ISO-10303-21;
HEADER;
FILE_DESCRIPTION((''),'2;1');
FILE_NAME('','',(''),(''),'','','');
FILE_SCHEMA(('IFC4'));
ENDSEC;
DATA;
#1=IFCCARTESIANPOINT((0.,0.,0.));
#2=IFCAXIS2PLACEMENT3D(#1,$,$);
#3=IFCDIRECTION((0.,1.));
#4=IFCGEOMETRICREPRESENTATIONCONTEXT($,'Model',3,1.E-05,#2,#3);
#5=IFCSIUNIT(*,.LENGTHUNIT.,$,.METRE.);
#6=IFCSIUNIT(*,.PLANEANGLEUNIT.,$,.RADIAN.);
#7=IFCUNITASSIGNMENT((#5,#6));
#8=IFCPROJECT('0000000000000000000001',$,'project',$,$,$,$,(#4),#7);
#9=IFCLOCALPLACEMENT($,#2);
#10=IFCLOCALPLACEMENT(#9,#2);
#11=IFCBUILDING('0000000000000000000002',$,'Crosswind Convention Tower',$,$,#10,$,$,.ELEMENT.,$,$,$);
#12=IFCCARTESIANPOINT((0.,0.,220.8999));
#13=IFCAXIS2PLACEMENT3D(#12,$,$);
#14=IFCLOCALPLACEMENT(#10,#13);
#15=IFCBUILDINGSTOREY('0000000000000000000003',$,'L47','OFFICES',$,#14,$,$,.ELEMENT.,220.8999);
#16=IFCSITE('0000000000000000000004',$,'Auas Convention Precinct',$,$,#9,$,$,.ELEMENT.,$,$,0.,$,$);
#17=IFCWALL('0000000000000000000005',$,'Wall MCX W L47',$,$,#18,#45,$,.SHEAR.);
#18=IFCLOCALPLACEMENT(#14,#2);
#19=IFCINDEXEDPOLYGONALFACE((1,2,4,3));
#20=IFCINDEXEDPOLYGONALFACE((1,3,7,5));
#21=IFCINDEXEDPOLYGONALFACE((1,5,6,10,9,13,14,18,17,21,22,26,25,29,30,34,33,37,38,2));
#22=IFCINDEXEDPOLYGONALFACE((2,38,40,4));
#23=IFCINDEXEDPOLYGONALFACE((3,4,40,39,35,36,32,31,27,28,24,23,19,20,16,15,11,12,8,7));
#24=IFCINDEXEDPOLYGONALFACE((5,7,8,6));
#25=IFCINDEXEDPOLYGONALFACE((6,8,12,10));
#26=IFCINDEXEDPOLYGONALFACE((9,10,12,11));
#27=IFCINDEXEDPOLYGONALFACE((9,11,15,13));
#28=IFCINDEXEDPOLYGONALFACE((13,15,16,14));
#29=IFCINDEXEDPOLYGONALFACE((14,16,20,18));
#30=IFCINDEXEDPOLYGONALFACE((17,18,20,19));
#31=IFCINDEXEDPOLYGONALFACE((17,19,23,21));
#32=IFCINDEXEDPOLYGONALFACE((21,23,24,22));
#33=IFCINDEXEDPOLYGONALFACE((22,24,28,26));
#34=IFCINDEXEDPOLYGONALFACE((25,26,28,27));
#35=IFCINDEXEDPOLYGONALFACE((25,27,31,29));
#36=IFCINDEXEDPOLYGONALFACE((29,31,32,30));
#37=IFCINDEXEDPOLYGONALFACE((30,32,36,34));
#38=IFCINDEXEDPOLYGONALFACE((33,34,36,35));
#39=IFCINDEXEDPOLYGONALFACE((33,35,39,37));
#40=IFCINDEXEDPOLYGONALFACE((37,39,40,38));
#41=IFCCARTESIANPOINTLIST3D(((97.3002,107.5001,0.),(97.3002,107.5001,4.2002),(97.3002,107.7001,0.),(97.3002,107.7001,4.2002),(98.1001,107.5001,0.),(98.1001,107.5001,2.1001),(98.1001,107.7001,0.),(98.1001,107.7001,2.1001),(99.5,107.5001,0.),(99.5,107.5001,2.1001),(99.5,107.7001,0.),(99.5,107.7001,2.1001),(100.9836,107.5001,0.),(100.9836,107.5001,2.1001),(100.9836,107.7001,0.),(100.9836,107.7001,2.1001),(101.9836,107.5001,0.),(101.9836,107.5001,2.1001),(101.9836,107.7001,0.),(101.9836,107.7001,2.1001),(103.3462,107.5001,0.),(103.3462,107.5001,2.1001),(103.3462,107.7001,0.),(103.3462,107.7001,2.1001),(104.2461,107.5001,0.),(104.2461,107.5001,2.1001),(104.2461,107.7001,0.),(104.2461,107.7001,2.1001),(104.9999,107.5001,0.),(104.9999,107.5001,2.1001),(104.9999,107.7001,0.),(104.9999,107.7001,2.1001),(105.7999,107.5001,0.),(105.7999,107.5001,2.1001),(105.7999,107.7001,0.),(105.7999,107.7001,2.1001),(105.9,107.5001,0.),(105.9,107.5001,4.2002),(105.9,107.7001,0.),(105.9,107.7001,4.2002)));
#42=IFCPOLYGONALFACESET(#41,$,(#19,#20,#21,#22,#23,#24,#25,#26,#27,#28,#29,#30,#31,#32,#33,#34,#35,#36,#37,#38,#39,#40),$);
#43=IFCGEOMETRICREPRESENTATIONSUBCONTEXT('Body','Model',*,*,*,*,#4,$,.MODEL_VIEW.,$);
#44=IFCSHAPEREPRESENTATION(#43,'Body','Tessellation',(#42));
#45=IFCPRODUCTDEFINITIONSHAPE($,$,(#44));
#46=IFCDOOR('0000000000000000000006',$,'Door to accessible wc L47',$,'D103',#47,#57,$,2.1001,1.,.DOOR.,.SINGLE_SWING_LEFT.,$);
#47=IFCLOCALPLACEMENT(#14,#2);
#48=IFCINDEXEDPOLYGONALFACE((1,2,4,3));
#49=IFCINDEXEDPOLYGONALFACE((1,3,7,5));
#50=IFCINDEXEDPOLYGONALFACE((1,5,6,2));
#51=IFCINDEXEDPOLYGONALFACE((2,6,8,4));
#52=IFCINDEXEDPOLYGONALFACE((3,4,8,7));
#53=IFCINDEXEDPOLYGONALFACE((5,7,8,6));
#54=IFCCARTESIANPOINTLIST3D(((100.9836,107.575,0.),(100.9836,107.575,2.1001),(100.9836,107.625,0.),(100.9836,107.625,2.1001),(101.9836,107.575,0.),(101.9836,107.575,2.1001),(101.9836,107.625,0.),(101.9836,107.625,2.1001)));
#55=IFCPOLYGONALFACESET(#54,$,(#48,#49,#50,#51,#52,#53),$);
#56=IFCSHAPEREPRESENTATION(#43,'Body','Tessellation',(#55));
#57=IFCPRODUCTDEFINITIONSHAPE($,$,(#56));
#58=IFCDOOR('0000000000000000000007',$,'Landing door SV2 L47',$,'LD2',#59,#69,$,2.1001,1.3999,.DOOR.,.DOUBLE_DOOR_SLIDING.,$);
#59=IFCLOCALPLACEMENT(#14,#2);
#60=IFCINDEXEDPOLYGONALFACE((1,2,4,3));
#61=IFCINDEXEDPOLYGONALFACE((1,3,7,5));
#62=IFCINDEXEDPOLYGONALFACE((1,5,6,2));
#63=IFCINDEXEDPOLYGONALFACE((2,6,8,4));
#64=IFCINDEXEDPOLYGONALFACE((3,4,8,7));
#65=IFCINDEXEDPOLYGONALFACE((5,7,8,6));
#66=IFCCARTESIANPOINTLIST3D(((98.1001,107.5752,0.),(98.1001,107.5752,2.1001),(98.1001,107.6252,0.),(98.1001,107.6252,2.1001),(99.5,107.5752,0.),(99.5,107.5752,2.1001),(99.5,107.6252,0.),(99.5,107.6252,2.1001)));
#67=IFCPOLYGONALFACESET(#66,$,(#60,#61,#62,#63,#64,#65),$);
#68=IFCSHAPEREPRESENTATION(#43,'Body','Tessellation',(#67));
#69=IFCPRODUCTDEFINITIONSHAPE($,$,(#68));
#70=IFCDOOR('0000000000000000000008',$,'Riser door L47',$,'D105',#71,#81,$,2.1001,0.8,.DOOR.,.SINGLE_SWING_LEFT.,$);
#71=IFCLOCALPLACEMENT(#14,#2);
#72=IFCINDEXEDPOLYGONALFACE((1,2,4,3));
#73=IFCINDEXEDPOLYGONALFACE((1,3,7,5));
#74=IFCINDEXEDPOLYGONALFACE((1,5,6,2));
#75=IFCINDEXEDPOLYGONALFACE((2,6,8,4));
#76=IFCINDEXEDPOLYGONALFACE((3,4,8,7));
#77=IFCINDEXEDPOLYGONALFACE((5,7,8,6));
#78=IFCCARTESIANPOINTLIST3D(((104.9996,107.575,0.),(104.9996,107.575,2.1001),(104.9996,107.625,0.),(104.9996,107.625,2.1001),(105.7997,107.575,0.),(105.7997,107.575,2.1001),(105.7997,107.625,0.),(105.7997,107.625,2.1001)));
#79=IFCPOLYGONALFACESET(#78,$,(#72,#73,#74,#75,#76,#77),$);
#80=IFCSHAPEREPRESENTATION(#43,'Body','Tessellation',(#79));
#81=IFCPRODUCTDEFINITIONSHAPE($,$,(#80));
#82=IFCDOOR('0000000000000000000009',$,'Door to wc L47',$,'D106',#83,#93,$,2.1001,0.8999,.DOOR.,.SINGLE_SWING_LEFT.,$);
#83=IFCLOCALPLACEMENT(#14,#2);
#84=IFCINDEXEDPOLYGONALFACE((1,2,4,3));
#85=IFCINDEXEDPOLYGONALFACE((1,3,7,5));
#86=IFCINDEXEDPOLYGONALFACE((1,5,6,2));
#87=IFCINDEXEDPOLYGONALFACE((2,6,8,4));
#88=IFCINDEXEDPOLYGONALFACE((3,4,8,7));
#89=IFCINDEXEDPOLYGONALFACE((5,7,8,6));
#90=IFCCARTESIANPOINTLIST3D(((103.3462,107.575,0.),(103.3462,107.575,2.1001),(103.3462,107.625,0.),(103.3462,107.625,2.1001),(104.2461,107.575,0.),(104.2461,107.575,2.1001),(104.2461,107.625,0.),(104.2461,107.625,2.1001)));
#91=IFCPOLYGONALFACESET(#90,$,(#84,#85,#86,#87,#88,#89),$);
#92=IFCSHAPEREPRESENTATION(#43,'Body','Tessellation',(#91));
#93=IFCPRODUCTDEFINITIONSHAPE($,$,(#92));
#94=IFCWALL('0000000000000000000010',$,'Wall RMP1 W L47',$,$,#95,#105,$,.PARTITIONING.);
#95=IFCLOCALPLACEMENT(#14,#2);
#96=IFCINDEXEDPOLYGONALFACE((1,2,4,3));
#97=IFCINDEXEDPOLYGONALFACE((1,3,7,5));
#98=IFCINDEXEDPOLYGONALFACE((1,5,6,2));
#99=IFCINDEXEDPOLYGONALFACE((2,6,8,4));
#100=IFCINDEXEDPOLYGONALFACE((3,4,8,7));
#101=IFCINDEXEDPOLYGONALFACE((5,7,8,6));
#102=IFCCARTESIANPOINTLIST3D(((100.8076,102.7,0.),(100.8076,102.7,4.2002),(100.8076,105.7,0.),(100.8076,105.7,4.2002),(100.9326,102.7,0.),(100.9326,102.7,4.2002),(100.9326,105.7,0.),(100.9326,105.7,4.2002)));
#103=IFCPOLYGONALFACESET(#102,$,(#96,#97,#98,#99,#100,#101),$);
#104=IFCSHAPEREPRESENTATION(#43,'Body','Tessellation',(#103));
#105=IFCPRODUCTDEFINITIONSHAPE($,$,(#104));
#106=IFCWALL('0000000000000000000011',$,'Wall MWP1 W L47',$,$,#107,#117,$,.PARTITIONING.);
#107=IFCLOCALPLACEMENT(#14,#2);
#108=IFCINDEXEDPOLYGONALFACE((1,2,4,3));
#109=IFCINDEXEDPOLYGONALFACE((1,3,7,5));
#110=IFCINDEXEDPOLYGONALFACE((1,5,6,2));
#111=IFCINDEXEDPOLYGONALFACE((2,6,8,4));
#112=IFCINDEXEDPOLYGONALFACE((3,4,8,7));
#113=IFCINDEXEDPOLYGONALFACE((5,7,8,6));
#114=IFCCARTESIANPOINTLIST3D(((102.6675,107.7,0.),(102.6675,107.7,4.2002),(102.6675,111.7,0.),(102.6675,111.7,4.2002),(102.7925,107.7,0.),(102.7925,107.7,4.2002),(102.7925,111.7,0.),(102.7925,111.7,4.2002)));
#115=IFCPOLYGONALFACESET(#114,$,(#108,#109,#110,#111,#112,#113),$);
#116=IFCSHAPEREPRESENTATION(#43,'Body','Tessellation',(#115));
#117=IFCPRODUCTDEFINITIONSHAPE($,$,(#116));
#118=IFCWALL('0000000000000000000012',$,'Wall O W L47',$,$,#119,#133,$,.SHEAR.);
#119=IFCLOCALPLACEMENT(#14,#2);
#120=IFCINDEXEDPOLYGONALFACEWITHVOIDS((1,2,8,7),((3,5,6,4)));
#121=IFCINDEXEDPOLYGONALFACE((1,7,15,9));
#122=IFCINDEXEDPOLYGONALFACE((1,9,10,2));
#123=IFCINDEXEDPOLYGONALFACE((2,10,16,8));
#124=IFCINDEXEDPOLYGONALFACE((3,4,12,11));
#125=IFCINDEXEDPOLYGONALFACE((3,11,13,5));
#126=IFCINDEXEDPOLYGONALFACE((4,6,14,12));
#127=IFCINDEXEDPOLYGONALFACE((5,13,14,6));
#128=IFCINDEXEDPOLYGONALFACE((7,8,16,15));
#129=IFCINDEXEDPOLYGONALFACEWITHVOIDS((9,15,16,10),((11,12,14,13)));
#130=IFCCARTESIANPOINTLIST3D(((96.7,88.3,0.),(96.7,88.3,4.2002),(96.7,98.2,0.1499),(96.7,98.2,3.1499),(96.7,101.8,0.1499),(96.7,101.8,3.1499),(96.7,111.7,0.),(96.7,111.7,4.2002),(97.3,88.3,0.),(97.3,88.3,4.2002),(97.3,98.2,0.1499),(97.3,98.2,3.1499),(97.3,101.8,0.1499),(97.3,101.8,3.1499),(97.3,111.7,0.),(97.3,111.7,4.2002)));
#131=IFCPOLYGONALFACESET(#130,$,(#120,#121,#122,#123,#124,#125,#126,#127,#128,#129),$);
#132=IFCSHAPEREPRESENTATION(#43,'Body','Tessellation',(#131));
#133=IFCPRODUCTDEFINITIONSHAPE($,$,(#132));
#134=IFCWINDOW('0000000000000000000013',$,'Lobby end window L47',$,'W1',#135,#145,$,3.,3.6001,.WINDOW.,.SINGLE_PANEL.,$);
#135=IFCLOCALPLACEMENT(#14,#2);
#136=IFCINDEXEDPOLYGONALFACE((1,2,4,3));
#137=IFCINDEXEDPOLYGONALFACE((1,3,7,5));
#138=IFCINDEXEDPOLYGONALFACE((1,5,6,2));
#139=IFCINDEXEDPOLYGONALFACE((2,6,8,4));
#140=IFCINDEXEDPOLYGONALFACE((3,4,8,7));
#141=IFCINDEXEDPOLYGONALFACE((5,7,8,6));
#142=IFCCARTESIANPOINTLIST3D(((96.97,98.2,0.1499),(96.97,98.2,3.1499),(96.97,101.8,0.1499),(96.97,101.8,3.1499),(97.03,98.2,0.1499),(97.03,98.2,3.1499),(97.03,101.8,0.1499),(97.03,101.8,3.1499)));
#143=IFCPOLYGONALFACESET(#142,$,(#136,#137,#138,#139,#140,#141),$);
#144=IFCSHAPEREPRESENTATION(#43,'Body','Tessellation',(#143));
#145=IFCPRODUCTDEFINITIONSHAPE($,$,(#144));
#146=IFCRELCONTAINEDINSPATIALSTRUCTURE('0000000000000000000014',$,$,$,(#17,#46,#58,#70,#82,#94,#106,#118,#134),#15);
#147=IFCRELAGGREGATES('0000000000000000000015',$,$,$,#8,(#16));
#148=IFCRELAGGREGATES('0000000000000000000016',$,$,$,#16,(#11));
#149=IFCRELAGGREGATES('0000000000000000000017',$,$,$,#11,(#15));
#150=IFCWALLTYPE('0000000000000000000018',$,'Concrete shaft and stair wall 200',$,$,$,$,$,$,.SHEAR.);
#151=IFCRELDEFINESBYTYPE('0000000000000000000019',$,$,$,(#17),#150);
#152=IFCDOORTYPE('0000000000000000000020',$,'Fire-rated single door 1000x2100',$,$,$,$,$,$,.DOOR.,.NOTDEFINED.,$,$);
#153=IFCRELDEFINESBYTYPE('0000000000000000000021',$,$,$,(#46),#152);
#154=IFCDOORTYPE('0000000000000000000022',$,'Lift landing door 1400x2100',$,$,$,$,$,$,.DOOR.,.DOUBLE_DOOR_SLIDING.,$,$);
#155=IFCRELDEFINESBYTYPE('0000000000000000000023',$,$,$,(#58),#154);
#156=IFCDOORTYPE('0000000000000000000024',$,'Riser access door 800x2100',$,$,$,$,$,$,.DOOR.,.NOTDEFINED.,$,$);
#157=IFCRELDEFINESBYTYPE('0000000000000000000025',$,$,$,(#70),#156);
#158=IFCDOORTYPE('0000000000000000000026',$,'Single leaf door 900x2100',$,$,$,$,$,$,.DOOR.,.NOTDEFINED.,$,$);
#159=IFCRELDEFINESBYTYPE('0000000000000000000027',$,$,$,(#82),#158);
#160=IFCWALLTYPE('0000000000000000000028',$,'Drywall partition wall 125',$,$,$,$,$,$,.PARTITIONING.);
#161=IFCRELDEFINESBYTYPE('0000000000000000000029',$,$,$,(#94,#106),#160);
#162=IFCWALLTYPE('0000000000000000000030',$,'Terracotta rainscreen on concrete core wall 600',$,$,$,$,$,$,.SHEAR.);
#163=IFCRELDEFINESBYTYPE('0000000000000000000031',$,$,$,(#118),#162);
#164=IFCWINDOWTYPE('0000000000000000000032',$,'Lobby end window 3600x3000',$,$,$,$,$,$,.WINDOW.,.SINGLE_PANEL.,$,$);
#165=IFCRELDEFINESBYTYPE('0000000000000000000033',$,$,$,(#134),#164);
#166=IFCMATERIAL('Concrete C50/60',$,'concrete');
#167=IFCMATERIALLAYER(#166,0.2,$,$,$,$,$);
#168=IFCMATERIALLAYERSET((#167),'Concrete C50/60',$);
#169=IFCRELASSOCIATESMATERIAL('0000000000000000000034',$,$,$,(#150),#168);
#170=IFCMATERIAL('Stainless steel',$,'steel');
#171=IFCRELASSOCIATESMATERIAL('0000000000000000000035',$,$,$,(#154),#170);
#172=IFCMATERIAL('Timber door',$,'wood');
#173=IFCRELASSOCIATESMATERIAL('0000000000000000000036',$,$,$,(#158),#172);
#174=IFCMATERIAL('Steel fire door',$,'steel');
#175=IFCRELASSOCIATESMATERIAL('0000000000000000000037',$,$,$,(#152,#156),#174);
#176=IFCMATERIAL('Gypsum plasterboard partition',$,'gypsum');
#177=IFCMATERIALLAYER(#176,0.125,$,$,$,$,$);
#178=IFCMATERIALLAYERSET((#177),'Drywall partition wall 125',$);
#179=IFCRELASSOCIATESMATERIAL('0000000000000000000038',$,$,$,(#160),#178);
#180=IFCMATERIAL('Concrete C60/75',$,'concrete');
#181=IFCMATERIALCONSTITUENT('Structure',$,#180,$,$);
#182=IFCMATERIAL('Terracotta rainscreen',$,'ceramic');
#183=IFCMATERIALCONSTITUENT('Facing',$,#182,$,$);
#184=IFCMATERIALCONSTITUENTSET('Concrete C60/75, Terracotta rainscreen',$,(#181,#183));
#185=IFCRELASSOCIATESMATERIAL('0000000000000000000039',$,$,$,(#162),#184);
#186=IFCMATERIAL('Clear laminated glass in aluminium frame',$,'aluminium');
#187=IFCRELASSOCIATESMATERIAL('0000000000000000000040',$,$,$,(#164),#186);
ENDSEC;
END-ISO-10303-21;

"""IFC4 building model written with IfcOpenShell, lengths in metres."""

from ifc_helpers import new_model, si_unit, direction, frame, frame_2d, origin, place, context, subcontext, project, spatial, rectangle, extrude, material, layer, layer_set, constituent, constituent_set, type_object, element, fill, save


model = new_model("IFC4")

# Units and contexts
model_context = context("Model", 3, precision=1e-05, world=origin(), true_north=direction((0.0, 1.0)))
body_context = subcontext(model_context, "Body", "Model", "MODEL_VIEW")
ifc_project = project(units=[si_unit("LENGTHUNIT", "METRE"), si_unit("PLANEANGLEUNIT", "RADIAN")], contexts=[model_context])

# Site, building, storey
site_placement = place(None, origin())
site = spatial("IfcSite", under=ifc_project, at=site_placement, Name="Auas Convention Precinct", CompositionType="ELEMENT", RefElevation=0.0)
building_placement = place(site_placement, origin())
building = spatial("IfcBuilding", under=site, at=building_placement, Name="Crosswind Convention Tower", CompositionType="ELEMENT")
storey_placement = place(building_placement, frame((0.0, 0.0, 220.8999)))
storey = spatial("IfcBuildingStorey", under=building, at=storey_placement, Name="L47", Description="OFFICES", CompositionType="ELEMENT", Elevation=220.8999)

# Shared definitions
ifc_material_1 = material(Name="Concrete C50/60", Category="concrete")
ifc_layer_1 = layer(ifc_material_1, 0.2)
ifc_layer_set_1 = layer_set([ifc_layer_1], Name="Concrete C50/60")
wall_type_1 = type_object("IfcWallType", Name="Concrete shaft and stair wall 200", PredefinedType="SHEAR", material=ifc_layer_set_1)

# Shared definitions
ifc_material_2 = material(Name="Stainless steel", Category="steel")
door_type_1 = type_object("IfcDoorType", Name="Lift landing door 1400x2100", OperationType="DOUBLE_DOOR_SLIDING", PredefinedType="DOOR", material=ifc_material_2)

# Shared definitions
ifc_material_3 = material(Name="Timber door", Category="wood")
door_type_2 = type_object("IfcDoorType", Name="Single leaf door 900x2100", OperationType="NOTDEFINED", PredefinedType="DOOR", material=ifc_material_3)

# Wall, openings, doors
wall_1_placement = place(storey_placement, frame((105.8999, 107.6001, 0.0), z_axis=(0.0, 0.0, 1.0), x_axis=(-1.0, 0.0, 0.0)))
wall_1 = element("IfcWall", 1, at=wall_1_placement, inside=storey, type_object=wall_type_1, Name="Wall MCX W L47", PredefinedType="SHEAR", context=body_context, shape_type="SweptSolid", body=[
    extrude(rectangle(XDim=8.5999, YDim=0.2, at=frame_2d((4.2998, 0.0))), origin(), (0.0, 0.0, 1.0), 4.2002),
])
opening_1_placement = place(wall_1_placement, frame((0.1001, 0.0, 0.0)))
opening_1 = element("IfcOpeningElement", 2, at=opening_1_placement, cuts=wall_1, PredefinedType="OPENING", context=body_context, shape_type="SweptSolid", body=[
    extrude(rectangle(XDim=0.8, YDim=2.1001, at=frame_2d((0.3999, 1.05))), frame((0.0, 0.1099, 0.0), z_axis=(0.0, -1.0, 0.0), x_axis=(1.0, 0.0, 0.0)), (0.0, 0.0, 1.0), 0.22),
])
opening_2_placement = place(wall_1_placement, frame((1.6538, 0.0, 0.0)))
opening_2 = element("IfcOpeningElement", 3, at=opening_2_placement, cuts=wall_1, PredefinedType="OPENING", context=body_context, shape_type="SweptSolid", body=[
    extrude(rectangle(XDim=0.8999, YDim=2.1001, at=frame_2d((0.45, 1.05))), frame((0.0, 0.1099, 0.0), z_axis=(0.0, -1.0, 0.0), x_axis=(1.0, 0.0, 0.0)), (0.0, 0.0, 1.0), 0.22),
])
opening_3_placement = place(wall_1_placement, frame((3.9163, 0.0, 0.0)))
opening_3 = element("IfcOpeningElement", 4, at=opening_3_placement, cuts=wall_1, PredefinedType="OPENING", context=body_context, shape_type="SweptSolid", body=[
    extrude(rectangle(XDim=1.0, YDim=2.1001, at=frame_2d((0.5, 1.05))), frame((0.0, 0.1099, 0.0), z_axis=(0.0, -1.0, 0.0), x_axis=(1.0, 0.0, 0.0)), (0.0, 0.0, 1.0), 0.22),
])
opening_4_placement = place(wall_1_placement, frame((6.3999, 0.0, 0.0)))
opening_4 = element("IfcOpeningElement", 5, at=opening_4_placement, cuts=wall_1, PredefinedType="OPENING", context=body_context, shape_type="SweptSolid", body=[
    extrude(rectangle(XDim=1.3999, YDim=2.1001, at=frame_2d((0.7, 1.05))), frame((0.0, 0.1099, 0.0), z_axis=(0.0, -1.0, 0.0), x_axis=(1.0, 0.0, 0.0)), (0.0, 0.0, 1.0), 0.22),
])
ifc_material_4 = material(Name="Steel fire door", Category="steel")
door_type_3 = type_object("IfcDoorType", Name="Fire-rated single door 1000x2100", OperationType="NOTDEFINED", PredefinedType="DOOR", material=ifc_material_4)
door_1_placement = place(opening_3_placement, frame((1.0, 0.0, 0.0), z_axis=(0.0, 0.0, 1.0), x_axis=(-1.0, 0.0, 0.0)))
door_1 = element("IfcDoor", 6, at=door_1_placement, inside=storey, type_object=door_type_3, Name="Door to accessible wc L47", ObjectType="D103", OperationType="SINGLE_SWING_LEFT", OverallHeight=2.1001, OverallWidth=1.0, PredefinedType="DOOR", context=body_context, shape_type="SweptSolid", body=[
    extrude(rectangle(XDim=1.0, YDim=2.1001, at=frame_2d((0.5, 1.05))), frame((0.0, 0.0249, 0.0), z_axis=(0.0, -1.0, 0.0), x_axis=(1.0, 0.0, 0.0)), (0.0, 0.0, 1.0), 0.05),
])
fill(opening_3, door_1)
door_2_placement = place(opening_4_placement, origin())
door_2 = element("IfcDoor", 7, at=door_2_placement, inside=storey, type_object=door_type_1, Name="Landing door SV2 L47", ObjectType="LD2", OperationType="DOUBLE_DOOR_SLIDING", OverallHeight=2.1001, OverallWidth=1.3999, PredefinedType="DOOR", context=body_context, shape_type="SweptSolid", body=[
    extrude(rectangle(XDim=1.3999, YDim=2.1001, at=frame_2d((0.7, 1.05))), frame((0.0, 0.0249, 0.0), z_axis=(0.0, -1.0, 0.0), x_axis=(1.0, 0.0, 0.0)), (0.0, 0.0, 1.0), 0.05),
])
fill(opening_4, door_2)
door_type_4 = type_object("IfcDoorType", Name="Riser access door 800x2100", OperationType="NOTDEFINED", PredefinedType="DOOR", material=ifc_material_4)
door_3_placement = place(opening_1_placement, frame((0.8, 0.0, 0.0), z_axis=(0.0, 0.0, 1.0), x_axis=(-1.0, 0.0, 0.0)))
door_3 = element("IfcDoor", 8, at=door_3_placement, inside=storey, type_object=door_type_4, Name="Riser door L47", ObjectType="D105", OperationType="SINGLE_SWING_LEFT", OverallHeight=2.1001, OverallWidth=0.8, PredefinedType="DOOR", context=body_context, shape_type="SweptSolid", body=[
    extrude(rectangle(XDim=0.8, YDim=2.1001, at=frame_2d((0.3999, 1.05))), frame((0.0, 0.0249, 0.0), z_axis=(0.0, -1.0, 0.0), x_axis=(1.0, 0.0, 0.0)), (0.0, 0.0, 1.0), 0.05),
])
fill(opening_1, door_3)
door_4_placement = place(opening_2_placement, frame((0.8999, 0.0, 0.0), z_axis=(0.0, 0.0, 1.0), x_axis=(-1.0, 0.0, 0.0)))
door_4 = element("IfcDoor", 9, at=door_4_placement, inside=storey, type_object=door_type_2, Name="Door to wc L47", ObjectType="D106", OperationType="SINGLE_SWING_LEFT", OverallHeight=2.1001, OverallWidth=0.8999, PredefinedType="DOOR", context=body_context, shape_type="SweptSolid", body=[
    extrude(rectangle(XDim=0.8999, YDim=2.1001, at=frame_2d((0.45, 1.05))), frame((0.0, 0.0249, 0.0), z_axis=(0.0, -1.0, 0.0), x_axis=(1.0, 0.0, 0.0)), (0.0, 0.0, 1.0), 0.05),
])
fill(opening_2, door_4)

# Walls
ifc_material_5 = material(Name="Gypsum plasterboard partition", Category="gypsum")
ifc_layer_2 = layer(ifc_material_5, 0.125)
ifc_layer_set_2 = layer_set([ifc_layer_2], Name="Drywall partition wall 125")
wall_type_2 = type_object("IfcWallType", Name="Drywall partition wall 125", PredefinedType="PARTITIONING", material=ifc_layer_set_2)
wall_2_placement = place(storey_placement, frame((100.8701, 105.7, 0.0), z_axis=(0.0, 0.0, 1.0), x_axis=(0.0, -1.0, 0.0)))
element("IfcWall", 10, at=wall_2_placement, inside=storey, type_object=wall_type_2, Name="Wall RMP1 W L47", PredefinedType="PARTITIONING", context=body_context, shape_type="SweptSolid", body=[
    extrude(rectangle(XDim=3.0, YDim=0.125, at=frame_2d((1.5, 0.0))), origin(), (0.0, 0.0, 1.0), 4.2002),
])
wall_3_placement = place(storey_placement, frame((102.73, 111.7, 0.0), z_axis=(0.0, 0.0, 1.0), x_axis=(0.0, -1.0, 0.0)))
element("IfcWall", 11, at=wall_3_placement, inside=storey, type_object=wall_type_2, Name="Wall MWP1 W L47", PredefinedType="PARTITIONING", context=body_context, shape_type="SweptSolid", body=[
    extrude(rectangle(XDim=4.0, YDim=0.125, at=frame_2d((2.0, 0.0))), origin(), (0.0, 0.0, 1.0), 4.2002),
])

# Wall, opening, window
ifc_material_6 = material(Name="Concrete C60/75", Category="concrete")
ifc_constituent_1 = constituent(ifc_material_6, Name="Structure")
ifc_material_7 = material(Name="Terracotta rainscreen", Category="ceramic")
ifc_constituent_2 = constituent(ifc_material_7, Name="Facing")
ifc_constituent_set = constituent_set(constituents=[ifc_constituent_1, ifc_constituent_2], Name="Concrete C60/75, Terracotta rainscreen")
wall_type_3 = type_object("IfcWallType", Name="Terracotta rainscreen on concrete core wall 600", PredefinedType="SHEAR", material=ifc_constituent_set)
wall_4_placement = place(storey_placement, frame((97.0, 111.7, 0.0), z_axis=(0.0, 0.0, 1.0), x_axis=(0.0, -1.0, 0.0)))
wall_4 = element("IfcWall", 12, at=wall_4_placement, inside=storey, type_object=wall_type_3, Name="Wall O W L47", PredefinedType="SHEAR", context=body_context, shape_type="SweptSolid", body=[
    extrude(rectangle(XDim=23.3999, YDim=0.6001, at=frame_2d((11.7, 0.0))), origin(), (0.0, 0.0, 1.0), 4.2002),
])
opening_5_placement = place(wall_4_placement, frame((9.8999, 0.0, 0.1499)))
opening_5 = element("IfcOpeningElement", 13, at=opening_5_placement, cuts=wall_4, PredefinedType="OPENING", context=body_context, shape_type="SweptSolid", body=[
    extrude(rectangle(XDim=3.6001, YDim=3.0, at=frame_2d((1.8, 1.5))), frame((0.0, 0.3101, 0.0), z_axis=(0.0, -1.0, 0.0), x_axis=(1.0, 0.0, 0.0)), (0.0, 0.0, 1.0), 0.6201),
])
ifc_material_8 = material(Name="Clear laminated glass in aluminium frame", Category="aluminium")
window_type = type_object("IfcWindowType", Name="Lobby end window 3600x3000", PartitioningType="SINGLE_PANEL", PredefinedType="WINDOW", material=ifc_material_8)
window_placement = place(opening_5_placement, origin())
window = element("IfcWindow", 14, at=window_placement, inside=storey, type_object=window_type, Name="Lobby end window L47", ObjectType="W1", OverallHeight=3.0, OverallWidth=3.6001, PartitioningType="SINGLE_PANEL", PredefinedType="WINDOW", context=body_context, shape_type="SweptSolid", body=[
    extrude(rectangle(XDim=3.6001, YDim=3.0, at=frame_2d((1.8, 1.5))), frame((0.0, 0.03, 0.0), z_axis=(0.0, -1.0, 0.0), x_axis=(1.0, 0.0, 0.0)), (0.0, 0.0, 1.0), 0.0601),
])
fill(opening_5, window)

save(model, "model.ifc")
